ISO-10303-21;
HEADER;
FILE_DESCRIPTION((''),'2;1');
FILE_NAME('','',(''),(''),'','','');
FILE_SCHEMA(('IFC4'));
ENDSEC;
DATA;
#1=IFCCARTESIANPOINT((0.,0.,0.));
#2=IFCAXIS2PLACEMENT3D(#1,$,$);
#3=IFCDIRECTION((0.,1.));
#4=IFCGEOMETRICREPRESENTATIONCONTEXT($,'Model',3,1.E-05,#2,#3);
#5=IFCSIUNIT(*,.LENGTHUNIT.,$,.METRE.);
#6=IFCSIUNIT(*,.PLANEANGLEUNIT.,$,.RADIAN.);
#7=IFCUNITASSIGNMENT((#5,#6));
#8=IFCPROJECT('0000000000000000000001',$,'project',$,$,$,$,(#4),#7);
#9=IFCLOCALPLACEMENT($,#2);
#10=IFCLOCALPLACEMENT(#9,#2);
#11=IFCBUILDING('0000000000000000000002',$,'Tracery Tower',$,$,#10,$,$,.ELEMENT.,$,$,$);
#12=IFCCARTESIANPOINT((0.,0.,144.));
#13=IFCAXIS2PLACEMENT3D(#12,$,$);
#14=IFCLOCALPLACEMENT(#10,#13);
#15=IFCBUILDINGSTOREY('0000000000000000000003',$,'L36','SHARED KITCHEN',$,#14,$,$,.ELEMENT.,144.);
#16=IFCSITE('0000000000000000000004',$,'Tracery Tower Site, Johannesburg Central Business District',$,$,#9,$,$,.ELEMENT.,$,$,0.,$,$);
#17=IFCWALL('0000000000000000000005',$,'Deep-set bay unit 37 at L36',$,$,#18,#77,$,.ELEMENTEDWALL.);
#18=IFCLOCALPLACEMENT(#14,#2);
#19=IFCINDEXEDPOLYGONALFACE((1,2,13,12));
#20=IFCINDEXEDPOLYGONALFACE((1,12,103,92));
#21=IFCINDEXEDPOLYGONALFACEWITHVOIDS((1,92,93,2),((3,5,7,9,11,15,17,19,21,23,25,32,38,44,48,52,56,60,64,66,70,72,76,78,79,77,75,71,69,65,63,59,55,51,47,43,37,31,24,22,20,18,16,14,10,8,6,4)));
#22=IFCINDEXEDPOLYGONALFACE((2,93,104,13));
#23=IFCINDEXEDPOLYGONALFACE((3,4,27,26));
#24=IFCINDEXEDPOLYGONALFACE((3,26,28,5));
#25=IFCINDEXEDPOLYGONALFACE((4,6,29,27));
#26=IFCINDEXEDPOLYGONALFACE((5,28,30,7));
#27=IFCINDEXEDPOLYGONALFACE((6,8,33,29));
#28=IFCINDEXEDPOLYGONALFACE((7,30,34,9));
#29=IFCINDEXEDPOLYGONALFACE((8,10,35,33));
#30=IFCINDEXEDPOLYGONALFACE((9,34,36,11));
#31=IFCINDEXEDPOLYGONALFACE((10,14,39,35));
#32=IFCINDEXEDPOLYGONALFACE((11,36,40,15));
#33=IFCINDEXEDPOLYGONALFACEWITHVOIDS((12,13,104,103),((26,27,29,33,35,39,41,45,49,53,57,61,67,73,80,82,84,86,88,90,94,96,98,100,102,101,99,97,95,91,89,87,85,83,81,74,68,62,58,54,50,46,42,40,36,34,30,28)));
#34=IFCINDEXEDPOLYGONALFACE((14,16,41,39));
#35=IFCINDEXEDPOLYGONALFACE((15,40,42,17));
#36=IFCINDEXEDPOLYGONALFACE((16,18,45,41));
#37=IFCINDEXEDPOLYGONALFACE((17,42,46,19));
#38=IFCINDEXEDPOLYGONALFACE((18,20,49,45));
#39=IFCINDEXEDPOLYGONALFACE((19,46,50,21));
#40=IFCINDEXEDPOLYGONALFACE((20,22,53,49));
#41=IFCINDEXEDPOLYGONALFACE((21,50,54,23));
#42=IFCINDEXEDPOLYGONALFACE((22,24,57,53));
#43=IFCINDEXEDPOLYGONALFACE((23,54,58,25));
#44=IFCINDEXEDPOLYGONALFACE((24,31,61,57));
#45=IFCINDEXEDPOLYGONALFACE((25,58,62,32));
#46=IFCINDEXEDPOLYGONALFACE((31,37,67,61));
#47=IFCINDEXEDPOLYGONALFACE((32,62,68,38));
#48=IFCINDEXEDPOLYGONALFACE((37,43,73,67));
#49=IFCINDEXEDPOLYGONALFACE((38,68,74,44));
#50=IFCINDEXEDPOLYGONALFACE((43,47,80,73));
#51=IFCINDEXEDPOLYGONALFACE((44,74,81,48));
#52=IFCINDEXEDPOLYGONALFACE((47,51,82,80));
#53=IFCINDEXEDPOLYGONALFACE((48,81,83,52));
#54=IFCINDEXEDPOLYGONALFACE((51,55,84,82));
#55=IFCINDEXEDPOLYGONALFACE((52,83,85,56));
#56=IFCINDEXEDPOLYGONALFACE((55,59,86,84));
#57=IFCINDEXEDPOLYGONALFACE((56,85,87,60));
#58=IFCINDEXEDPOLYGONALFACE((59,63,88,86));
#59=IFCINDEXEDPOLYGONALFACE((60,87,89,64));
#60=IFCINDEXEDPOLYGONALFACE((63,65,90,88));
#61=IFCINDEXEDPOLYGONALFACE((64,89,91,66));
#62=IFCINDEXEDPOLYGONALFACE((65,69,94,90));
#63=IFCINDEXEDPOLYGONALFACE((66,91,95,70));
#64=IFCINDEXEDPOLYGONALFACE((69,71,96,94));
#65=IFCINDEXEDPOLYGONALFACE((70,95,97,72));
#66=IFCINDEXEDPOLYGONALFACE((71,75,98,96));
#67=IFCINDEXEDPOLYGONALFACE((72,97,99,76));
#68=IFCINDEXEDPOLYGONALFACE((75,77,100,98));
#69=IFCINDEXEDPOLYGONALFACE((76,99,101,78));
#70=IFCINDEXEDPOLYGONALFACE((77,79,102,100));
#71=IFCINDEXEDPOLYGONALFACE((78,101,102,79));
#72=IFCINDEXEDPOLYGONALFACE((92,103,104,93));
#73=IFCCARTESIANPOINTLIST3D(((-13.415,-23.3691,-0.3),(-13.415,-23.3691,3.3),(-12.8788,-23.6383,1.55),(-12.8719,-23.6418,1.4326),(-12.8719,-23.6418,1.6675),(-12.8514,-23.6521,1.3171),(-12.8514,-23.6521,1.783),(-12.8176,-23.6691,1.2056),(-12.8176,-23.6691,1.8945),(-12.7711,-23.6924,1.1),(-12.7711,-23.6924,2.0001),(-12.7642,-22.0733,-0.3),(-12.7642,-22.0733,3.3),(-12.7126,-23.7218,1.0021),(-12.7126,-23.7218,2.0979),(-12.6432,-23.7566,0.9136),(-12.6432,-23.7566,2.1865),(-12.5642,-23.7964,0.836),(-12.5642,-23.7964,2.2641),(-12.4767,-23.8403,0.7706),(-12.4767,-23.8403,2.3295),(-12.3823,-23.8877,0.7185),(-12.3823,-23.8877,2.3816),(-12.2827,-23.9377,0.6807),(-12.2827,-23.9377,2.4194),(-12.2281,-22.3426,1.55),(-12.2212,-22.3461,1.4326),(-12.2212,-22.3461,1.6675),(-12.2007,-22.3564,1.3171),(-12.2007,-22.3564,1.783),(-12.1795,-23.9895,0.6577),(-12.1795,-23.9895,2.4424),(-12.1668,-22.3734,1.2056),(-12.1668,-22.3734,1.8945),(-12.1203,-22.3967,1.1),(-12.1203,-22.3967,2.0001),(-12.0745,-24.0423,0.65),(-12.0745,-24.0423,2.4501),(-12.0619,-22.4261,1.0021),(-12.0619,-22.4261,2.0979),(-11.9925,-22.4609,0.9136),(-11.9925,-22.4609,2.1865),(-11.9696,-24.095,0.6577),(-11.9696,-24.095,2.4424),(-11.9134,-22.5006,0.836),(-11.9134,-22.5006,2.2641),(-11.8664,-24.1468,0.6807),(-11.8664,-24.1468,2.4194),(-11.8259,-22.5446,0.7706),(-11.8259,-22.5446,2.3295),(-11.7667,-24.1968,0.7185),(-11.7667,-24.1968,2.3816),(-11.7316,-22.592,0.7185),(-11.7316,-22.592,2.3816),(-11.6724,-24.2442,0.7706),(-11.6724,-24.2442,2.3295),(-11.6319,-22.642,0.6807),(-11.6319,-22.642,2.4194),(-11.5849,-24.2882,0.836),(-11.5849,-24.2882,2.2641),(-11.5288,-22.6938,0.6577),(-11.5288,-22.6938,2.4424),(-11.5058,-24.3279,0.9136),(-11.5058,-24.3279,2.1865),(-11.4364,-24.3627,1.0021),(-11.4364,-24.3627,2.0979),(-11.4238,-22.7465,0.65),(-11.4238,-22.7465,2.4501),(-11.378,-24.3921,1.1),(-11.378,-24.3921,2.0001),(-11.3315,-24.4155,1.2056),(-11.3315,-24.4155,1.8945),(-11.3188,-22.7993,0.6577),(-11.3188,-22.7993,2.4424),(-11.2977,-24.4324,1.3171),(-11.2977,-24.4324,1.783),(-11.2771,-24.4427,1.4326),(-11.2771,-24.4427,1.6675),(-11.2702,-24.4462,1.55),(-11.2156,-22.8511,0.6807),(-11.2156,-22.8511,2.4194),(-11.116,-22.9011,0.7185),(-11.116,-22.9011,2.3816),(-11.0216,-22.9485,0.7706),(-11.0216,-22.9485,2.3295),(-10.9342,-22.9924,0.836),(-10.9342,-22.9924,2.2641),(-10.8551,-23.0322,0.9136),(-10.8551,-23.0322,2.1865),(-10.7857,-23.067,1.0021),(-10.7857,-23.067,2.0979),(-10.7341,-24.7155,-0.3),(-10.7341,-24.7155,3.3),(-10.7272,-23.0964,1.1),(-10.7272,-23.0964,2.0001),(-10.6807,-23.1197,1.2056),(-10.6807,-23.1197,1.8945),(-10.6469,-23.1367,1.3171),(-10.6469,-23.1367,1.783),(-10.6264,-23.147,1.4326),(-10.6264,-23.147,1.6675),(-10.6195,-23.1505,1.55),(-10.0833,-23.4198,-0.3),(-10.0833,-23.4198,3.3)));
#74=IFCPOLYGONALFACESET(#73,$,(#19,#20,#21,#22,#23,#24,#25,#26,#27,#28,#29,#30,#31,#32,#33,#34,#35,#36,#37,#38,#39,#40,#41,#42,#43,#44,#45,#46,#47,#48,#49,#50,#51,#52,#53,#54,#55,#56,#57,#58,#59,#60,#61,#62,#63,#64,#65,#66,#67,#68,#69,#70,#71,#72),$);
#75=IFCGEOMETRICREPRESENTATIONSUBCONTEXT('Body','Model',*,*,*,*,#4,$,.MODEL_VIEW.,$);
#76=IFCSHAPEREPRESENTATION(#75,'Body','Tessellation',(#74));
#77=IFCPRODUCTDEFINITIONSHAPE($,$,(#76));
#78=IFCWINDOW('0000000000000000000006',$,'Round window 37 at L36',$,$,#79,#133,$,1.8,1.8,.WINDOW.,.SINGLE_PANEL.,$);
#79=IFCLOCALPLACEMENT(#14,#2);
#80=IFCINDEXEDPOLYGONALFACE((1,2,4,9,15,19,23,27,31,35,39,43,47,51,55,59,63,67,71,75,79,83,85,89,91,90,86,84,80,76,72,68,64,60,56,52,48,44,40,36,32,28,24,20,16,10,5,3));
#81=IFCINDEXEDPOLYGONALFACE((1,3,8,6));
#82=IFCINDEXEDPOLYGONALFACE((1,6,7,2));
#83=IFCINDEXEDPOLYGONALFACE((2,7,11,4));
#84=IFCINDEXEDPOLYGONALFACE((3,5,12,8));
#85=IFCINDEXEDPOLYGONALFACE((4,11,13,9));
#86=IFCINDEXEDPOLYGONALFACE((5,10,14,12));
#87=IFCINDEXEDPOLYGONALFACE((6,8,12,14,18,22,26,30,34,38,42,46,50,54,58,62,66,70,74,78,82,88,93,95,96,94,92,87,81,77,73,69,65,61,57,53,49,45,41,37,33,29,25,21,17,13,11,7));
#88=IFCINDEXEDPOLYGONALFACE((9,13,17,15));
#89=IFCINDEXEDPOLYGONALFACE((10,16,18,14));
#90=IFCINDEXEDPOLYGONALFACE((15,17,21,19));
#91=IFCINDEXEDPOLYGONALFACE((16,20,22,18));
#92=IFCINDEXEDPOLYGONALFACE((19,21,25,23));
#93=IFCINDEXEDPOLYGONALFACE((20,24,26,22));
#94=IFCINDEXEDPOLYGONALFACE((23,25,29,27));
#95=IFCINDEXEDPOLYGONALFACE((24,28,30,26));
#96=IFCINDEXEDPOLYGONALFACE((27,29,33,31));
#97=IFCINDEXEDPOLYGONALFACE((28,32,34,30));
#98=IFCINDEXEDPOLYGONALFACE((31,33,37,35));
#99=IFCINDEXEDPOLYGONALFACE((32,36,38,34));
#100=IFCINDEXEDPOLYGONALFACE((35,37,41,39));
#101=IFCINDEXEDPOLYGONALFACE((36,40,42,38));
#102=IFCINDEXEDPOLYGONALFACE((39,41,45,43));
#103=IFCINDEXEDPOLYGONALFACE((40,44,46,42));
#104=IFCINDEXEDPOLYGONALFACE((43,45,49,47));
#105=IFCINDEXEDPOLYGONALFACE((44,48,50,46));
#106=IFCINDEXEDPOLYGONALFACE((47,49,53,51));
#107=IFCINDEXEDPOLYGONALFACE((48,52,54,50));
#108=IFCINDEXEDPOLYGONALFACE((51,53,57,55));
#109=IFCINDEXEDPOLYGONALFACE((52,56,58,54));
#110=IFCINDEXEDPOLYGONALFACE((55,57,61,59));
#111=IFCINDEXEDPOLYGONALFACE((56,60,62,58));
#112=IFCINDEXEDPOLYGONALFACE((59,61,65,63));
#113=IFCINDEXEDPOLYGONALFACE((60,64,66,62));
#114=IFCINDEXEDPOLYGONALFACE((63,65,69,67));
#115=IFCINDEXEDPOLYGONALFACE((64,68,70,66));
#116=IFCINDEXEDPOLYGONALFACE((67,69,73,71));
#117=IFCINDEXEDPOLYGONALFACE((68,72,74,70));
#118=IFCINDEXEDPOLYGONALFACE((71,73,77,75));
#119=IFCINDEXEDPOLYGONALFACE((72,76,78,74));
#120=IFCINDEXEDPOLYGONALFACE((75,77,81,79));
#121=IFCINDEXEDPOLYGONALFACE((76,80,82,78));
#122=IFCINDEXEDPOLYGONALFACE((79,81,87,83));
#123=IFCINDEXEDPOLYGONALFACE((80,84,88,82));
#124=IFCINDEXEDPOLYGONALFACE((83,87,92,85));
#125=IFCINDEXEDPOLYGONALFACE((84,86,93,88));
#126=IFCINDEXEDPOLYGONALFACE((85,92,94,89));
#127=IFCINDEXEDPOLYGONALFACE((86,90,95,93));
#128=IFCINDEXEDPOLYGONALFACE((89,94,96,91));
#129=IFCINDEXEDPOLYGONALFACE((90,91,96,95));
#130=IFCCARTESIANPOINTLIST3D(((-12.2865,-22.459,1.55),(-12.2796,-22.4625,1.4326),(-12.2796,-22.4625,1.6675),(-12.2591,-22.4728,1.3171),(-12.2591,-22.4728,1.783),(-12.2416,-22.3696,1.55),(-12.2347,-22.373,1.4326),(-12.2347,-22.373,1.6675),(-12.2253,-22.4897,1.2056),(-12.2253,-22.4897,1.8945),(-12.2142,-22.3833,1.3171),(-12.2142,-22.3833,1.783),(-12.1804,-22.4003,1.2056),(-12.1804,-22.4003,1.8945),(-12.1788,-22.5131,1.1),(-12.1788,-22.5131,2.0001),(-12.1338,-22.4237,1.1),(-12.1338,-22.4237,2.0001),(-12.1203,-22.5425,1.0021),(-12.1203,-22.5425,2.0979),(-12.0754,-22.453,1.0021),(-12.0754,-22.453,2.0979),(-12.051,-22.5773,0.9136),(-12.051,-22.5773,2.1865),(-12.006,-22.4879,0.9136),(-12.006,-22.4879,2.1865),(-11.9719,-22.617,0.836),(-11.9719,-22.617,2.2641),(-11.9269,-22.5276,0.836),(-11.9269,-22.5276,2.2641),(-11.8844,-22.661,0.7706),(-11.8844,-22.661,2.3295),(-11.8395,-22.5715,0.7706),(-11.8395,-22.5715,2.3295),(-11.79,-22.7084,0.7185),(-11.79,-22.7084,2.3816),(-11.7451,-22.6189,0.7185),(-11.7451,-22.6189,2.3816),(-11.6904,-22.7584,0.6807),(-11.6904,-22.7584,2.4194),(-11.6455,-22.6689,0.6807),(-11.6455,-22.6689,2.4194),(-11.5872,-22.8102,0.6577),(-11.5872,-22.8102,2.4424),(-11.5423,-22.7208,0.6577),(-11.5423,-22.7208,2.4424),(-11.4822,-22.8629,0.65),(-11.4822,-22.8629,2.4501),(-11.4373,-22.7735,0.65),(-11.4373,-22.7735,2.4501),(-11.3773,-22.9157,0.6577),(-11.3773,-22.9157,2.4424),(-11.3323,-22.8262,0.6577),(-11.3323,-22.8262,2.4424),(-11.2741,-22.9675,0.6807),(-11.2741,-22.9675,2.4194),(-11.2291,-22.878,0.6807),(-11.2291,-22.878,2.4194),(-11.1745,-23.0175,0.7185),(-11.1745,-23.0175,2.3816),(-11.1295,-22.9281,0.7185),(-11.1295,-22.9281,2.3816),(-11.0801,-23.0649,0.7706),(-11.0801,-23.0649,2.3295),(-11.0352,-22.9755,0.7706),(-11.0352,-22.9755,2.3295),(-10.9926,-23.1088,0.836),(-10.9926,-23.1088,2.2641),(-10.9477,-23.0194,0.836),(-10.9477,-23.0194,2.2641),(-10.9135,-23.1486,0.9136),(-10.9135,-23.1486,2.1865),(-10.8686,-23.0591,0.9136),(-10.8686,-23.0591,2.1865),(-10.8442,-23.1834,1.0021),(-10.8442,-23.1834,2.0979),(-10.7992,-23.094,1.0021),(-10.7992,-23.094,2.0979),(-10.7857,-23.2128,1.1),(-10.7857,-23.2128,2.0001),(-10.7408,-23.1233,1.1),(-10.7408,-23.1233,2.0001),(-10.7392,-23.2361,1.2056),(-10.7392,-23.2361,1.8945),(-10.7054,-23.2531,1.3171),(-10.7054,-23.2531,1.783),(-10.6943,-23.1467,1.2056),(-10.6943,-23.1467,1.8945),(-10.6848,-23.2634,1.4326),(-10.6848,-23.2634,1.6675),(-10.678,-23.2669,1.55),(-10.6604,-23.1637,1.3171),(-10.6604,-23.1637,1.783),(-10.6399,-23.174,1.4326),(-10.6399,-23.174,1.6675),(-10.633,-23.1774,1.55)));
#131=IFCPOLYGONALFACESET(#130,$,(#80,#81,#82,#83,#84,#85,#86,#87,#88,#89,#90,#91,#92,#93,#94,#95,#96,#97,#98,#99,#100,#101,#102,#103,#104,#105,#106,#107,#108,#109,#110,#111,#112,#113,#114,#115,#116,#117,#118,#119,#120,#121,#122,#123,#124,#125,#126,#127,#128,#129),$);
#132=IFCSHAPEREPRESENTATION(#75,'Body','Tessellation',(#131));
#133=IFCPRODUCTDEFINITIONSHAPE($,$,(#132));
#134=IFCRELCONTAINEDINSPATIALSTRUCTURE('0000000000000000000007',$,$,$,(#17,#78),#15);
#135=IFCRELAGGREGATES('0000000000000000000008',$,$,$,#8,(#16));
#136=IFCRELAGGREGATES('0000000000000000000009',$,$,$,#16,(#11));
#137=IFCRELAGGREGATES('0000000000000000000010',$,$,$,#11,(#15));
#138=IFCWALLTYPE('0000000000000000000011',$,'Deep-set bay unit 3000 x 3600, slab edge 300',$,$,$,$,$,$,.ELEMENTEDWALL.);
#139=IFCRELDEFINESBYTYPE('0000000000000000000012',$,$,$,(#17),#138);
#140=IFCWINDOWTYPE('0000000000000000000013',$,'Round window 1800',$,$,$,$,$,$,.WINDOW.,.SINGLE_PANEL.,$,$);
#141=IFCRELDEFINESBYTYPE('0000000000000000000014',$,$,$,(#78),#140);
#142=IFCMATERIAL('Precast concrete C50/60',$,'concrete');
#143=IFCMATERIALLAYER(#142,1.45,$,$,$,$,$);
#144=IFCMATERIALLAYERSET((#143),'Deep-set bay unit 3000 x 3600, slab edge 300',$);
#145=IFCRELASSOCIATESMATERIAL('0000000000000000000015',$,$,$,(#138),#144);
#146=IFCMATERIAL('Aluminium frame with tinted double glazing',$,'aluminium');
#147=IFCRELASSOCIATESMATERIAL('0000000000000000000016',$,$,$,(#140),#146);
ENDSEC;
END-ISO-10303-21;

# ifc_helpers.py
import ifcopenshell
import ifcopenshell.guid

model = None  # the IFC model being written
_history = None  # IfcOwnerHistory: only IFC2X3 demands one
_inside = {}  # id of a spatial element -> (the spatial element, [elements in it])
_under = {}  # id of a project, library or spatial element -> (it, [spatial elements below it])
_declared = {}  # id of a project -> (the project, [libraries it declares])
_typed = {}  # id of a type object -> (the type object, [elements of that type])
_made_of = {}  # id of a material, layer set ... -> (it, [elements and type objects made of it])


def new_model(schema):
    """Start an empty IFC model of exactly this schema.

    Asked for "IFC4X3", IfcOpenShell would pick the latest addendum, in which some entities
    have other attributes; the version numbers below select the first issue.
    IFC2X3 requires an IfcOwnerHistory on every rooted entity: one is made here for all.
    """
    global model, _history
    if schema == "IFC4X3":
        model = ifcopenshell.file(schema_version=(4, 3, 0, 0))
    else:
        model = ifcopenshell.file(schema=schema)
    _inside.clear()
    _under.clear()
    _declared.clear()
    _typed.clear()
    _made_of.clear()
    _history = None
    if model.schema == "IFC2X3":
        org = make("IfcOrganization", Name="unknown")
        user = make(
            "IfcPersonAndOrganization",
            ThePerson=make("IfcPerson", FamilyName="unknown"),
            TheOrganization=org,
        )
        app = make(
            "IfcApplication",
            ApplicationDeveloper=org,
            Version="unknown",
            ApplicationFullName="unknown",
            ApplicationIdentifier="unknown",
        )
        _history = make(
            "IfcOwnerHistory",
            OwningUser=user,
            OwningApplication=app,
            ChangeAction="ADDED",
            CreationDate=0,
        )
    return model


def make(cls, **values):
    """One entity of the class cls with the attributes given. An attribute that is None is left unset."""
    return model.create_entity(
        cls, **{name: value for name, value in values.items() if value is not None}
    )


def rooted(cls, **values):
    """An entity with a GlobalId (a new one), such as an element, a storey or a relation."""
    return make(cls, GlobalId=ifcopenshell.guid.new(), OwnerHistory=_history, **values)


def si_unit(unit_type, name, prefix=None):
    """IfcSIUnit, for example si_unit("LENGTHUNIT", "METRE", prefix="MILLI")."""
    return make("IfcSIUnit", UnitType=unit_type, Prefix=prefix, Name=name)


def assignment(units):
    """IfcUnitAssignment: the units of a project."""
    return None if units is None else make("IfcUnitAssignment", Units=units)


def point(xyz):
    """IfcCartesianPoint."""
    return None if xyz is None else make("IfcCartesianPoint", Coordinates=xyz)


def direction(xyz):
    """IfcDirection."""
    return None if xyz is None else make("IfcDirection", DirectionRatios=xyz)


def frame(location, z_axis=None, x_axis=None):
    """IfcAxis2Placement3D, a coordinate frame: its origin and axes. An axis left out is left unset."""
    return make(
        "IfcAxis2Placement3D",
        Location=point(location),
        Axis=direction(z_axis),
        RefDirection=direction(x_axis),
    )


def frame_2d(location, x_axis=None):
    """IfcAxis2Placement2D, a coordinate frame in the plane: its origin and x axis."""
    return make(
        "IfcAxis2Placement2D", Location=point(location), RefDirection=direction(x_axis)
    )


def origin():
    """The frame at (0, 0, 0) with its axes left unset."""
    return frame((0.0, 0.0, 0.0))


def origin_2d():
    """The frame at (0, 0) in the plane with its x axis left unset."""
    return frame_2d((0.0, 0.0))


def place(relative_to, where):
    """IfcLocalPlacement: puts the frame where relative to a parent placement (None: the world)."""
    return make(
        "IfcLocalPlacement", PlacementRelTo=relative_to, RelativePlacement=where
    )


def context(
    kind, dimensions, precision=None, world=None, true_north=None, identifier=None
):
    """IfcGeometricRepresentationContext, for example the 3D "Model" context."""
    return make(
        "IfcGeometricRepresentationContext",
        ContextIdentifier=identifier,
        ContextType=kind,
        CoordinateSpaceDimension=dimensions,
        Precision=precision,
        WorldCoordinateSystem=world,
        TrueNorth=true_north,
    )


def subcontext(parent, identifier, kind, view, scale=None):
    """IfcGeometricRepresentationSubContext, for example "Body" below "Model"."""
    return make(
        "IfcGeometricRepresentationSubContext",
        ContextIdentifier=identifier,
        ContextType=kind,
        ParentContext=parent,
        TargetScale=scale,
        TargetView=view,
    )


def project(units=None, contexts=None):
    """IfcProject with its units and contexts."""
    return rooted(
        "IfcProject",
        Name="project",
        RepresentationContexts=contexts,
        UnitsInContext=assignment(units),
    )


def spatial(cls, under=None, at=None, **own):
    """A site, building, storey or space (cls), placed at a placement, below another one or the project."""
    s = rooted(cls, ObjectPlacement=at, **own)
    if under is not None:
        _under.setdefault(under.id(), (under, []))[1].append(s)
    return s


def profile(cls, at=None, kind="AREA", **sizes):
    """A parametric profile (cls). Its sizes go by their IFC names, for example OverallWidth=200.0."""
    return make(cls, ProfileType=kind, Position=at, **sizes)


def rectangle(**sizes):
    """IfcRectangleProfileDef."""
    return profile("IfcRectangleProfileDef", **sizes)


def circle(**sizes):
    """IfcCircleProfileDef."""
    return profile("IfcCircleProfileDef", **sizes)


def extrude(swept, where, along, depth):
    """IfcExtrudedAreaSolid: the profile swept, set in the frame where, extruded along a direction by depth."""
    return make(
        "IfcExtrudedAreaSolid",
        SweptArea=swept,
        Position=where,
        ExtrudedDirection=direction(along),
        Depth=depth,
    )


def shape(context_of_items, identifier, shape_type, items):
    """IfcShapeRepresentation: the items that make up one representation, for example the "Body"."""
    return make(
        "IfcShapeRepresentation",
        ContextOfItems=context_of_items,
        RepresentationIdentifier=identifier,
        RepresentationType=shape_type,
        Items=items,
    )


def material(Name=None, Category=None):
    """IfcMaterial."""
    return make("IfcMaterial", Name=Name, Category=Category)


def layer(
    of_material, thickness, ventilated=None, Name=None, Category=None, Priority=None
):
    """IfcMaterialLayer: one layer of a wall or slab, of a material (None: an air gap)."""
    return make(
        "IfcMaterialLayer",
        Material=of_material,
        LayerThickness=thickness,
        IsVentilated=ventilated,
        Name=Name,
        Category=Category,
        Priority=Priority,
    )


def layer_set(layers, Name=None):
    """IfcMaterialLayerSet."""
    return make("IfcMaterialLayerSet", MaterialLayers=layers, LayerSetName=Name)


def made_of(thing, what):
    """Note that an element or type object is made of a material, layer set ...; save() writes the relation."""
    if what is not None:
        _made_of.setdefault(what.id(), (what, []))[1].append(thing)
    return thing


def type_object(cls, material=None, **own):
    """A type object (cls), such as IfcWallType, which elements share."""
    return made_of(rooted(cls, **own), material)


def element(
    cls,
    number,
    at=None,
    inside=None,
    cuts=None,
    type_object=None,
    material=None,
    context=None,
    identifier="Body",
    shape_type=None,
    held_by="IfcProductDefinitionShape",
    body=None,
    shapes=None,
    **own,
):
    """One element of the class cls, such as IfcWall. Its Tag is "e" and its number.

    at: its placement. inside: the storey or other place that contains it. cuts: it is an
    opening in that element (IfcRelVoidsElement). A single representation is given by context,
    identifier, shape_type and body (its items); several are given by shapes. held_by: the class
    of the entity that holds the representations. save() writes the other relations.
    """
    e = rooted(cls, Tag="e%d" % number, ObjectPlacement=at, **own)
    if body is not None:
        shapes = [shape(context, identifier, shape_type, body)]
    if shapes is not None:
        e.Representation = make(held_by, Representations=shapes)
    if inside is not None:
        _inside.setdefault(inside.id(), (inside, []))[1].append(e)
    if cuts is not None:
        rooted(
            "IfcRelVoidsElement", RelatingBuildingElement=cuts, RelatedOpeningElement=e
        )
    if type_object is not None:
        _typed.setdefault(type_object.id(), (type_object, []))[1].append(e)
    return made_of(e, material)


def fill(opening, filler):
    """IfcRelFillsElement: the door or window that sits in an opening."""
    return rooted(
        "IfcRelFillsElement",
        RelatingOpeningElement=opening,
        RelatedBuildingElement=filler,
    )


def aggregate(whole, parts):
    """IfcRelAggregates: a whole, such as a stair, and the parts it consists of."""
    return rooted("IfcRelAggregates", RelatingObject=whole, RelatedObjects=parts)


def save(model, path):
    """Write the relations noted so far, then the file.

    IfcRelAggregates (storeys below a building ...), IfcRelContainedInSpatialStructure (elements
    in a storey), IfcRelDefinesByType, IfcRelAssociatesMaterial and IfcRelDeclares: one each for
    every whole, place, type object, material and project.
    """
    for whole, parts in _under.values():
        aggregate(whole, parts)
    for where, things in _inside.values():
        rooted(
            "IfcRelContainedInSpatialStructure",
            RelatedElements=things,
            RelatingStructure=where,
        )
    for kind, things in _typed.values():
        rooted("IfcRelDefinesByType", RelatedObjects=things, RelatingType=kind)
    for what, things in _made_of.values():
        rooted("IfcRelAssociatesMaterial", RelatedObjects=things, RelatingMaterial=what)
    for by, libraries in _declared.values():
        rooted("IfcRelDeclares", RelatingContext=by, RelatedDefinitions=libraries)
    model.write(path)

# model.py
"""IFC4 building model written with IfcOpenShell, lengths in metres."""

from ifc_helpers import new_model, si_unit, direction, frame, frame_2d, origin, origin_2d, place, context, subcontext, project, spatial, rectangle, circle, extrude, material, layer, layer_set, type_object, element, fill, save


model = new_model("IFC4")

# Units and contexts
model_context = context("Model", 3, precision=1e-05, world=origin(), true_north=direction((0.0, 1.0)))
body_context = subcontext(model_context, "Body", "Model", "MODEL_VIEW")
ifc_project = project(units=[si_unit("LENGTHUNIT", "METRE"), si_unit("PLANEANGLEUNIT", "RADIAN")], contexts=[model_context])

# Site, building, storey
site_placement = place(None, origin())
site = spatial("IfcSite", under=ifc_project, at=site_placement, Name="Tracery Tower Site, Johannesburg Central Business District", CompositionType="ELEMENT", RefElevation=0.0)
building_placement = place(site_placement, origin())
building = spatial("IfcBuilding", under=site, at=building_placement, Name="Tracery Tower", CompositionType="ELEMENT")
storey_placement = place(building_placement, frame((0.0, 0.0, 144.0)))
storey = spatial("IfcBuildingStorey", under=building, at=storey_placement, Name="L36", Description="SHARED KITCHEN", CompositionType="ELEMENT", Elevation=144.0)

# Wall, opening, window
ifc_material_1 = material(Name="Precast concrete C50/60", Category="concrete")
ifc_layer_1 = layer(ifc_material_1, 1.45)
ifc_layer_set_1 = layer_set([ifc_layer_1], Name="Deep-set bay unit 3000 x 3600, slab edge 300")
wall_type_1 = type_object("IfcWallType", Name="Deep-set bay unit 3000 x 3600, slab edge 300", PredefinedType="ELEMENTEDWALL", material=ifc_layer_set_1)
ifc_material_2 = material(Name="Aluminium frame with tinted double glazing", Category="aluminium")
window_type = type_object("IfcWindowType", Name="Round window 1800", PartitioningType="SINGLE_PANEL", PredefinedType="WINDOW", material=ifc_material_2)
wall_1_placement = place(storey_placement, frame((-13.0896, -22.7212, -0.3), z_axis=(0.0, 0.0, 1.0), x_axis=(0.893628, -0.448808, 0.0)))
wall_1 = element("IfcWall", 1, at=wall_1_placement, inside=storey, type_object=wall_type_1, Name="Deep-set bay unit 37 at L36", PredefinedType="ELEMENTEDWALL", context=body_context, shape_type="SweptSolid", body=[
    extrude(rectangle(XDim=3.0, YDim=1.45, at=frame_2d((1.5, 0.0))), origin(), (0.0, 0.0, 1.0), 3.6001),
])
opening_1_placement = place(wall_1_placement, frame((1.5, 0.0, 1.8501)))
opening_1 = element("IfcOpeningElement", 2, at=opening_1_placement, cuts=wall_1, PredefinedType="OPENING", context=body_context, shape_type="SweptSolid", body=[
    extrude(circle(Radius=0.9, at=origin_2d()), frame((0.0, 0.7349, 0.0), z_axis=(0.0, -1.0, 0.0), x_axis=(1.0, 0.0, 0.0)), (0.0, 0.0, 1.0), 1.47),
])
window_1_placement = place(opening_1_placement, origin())
window_1 = element("IfcWindow", 3, at=window_1_placement, inside=storey, type_object=window_type, Name="Round window 37 at L36", OverallHeight=1.8, OverallWidth=1.8, PartitioningType="SINGLE_PANEL", PredefinedType="WINDOW", context=body_context, shape_type="SweptSolid", body=[
    extrude(circle(Radius=0.9, at=origin_2d()), frame((0.0, 0.6948, 0.0), z_axis=(0.0, -1.0, 0.0), x_axis=(1.0, 0.0, 0.0)), (0.0, 0.0, 1.0), 0.1001),
])
fill(opening_1, window_1)

save(model, "model.ifc")
